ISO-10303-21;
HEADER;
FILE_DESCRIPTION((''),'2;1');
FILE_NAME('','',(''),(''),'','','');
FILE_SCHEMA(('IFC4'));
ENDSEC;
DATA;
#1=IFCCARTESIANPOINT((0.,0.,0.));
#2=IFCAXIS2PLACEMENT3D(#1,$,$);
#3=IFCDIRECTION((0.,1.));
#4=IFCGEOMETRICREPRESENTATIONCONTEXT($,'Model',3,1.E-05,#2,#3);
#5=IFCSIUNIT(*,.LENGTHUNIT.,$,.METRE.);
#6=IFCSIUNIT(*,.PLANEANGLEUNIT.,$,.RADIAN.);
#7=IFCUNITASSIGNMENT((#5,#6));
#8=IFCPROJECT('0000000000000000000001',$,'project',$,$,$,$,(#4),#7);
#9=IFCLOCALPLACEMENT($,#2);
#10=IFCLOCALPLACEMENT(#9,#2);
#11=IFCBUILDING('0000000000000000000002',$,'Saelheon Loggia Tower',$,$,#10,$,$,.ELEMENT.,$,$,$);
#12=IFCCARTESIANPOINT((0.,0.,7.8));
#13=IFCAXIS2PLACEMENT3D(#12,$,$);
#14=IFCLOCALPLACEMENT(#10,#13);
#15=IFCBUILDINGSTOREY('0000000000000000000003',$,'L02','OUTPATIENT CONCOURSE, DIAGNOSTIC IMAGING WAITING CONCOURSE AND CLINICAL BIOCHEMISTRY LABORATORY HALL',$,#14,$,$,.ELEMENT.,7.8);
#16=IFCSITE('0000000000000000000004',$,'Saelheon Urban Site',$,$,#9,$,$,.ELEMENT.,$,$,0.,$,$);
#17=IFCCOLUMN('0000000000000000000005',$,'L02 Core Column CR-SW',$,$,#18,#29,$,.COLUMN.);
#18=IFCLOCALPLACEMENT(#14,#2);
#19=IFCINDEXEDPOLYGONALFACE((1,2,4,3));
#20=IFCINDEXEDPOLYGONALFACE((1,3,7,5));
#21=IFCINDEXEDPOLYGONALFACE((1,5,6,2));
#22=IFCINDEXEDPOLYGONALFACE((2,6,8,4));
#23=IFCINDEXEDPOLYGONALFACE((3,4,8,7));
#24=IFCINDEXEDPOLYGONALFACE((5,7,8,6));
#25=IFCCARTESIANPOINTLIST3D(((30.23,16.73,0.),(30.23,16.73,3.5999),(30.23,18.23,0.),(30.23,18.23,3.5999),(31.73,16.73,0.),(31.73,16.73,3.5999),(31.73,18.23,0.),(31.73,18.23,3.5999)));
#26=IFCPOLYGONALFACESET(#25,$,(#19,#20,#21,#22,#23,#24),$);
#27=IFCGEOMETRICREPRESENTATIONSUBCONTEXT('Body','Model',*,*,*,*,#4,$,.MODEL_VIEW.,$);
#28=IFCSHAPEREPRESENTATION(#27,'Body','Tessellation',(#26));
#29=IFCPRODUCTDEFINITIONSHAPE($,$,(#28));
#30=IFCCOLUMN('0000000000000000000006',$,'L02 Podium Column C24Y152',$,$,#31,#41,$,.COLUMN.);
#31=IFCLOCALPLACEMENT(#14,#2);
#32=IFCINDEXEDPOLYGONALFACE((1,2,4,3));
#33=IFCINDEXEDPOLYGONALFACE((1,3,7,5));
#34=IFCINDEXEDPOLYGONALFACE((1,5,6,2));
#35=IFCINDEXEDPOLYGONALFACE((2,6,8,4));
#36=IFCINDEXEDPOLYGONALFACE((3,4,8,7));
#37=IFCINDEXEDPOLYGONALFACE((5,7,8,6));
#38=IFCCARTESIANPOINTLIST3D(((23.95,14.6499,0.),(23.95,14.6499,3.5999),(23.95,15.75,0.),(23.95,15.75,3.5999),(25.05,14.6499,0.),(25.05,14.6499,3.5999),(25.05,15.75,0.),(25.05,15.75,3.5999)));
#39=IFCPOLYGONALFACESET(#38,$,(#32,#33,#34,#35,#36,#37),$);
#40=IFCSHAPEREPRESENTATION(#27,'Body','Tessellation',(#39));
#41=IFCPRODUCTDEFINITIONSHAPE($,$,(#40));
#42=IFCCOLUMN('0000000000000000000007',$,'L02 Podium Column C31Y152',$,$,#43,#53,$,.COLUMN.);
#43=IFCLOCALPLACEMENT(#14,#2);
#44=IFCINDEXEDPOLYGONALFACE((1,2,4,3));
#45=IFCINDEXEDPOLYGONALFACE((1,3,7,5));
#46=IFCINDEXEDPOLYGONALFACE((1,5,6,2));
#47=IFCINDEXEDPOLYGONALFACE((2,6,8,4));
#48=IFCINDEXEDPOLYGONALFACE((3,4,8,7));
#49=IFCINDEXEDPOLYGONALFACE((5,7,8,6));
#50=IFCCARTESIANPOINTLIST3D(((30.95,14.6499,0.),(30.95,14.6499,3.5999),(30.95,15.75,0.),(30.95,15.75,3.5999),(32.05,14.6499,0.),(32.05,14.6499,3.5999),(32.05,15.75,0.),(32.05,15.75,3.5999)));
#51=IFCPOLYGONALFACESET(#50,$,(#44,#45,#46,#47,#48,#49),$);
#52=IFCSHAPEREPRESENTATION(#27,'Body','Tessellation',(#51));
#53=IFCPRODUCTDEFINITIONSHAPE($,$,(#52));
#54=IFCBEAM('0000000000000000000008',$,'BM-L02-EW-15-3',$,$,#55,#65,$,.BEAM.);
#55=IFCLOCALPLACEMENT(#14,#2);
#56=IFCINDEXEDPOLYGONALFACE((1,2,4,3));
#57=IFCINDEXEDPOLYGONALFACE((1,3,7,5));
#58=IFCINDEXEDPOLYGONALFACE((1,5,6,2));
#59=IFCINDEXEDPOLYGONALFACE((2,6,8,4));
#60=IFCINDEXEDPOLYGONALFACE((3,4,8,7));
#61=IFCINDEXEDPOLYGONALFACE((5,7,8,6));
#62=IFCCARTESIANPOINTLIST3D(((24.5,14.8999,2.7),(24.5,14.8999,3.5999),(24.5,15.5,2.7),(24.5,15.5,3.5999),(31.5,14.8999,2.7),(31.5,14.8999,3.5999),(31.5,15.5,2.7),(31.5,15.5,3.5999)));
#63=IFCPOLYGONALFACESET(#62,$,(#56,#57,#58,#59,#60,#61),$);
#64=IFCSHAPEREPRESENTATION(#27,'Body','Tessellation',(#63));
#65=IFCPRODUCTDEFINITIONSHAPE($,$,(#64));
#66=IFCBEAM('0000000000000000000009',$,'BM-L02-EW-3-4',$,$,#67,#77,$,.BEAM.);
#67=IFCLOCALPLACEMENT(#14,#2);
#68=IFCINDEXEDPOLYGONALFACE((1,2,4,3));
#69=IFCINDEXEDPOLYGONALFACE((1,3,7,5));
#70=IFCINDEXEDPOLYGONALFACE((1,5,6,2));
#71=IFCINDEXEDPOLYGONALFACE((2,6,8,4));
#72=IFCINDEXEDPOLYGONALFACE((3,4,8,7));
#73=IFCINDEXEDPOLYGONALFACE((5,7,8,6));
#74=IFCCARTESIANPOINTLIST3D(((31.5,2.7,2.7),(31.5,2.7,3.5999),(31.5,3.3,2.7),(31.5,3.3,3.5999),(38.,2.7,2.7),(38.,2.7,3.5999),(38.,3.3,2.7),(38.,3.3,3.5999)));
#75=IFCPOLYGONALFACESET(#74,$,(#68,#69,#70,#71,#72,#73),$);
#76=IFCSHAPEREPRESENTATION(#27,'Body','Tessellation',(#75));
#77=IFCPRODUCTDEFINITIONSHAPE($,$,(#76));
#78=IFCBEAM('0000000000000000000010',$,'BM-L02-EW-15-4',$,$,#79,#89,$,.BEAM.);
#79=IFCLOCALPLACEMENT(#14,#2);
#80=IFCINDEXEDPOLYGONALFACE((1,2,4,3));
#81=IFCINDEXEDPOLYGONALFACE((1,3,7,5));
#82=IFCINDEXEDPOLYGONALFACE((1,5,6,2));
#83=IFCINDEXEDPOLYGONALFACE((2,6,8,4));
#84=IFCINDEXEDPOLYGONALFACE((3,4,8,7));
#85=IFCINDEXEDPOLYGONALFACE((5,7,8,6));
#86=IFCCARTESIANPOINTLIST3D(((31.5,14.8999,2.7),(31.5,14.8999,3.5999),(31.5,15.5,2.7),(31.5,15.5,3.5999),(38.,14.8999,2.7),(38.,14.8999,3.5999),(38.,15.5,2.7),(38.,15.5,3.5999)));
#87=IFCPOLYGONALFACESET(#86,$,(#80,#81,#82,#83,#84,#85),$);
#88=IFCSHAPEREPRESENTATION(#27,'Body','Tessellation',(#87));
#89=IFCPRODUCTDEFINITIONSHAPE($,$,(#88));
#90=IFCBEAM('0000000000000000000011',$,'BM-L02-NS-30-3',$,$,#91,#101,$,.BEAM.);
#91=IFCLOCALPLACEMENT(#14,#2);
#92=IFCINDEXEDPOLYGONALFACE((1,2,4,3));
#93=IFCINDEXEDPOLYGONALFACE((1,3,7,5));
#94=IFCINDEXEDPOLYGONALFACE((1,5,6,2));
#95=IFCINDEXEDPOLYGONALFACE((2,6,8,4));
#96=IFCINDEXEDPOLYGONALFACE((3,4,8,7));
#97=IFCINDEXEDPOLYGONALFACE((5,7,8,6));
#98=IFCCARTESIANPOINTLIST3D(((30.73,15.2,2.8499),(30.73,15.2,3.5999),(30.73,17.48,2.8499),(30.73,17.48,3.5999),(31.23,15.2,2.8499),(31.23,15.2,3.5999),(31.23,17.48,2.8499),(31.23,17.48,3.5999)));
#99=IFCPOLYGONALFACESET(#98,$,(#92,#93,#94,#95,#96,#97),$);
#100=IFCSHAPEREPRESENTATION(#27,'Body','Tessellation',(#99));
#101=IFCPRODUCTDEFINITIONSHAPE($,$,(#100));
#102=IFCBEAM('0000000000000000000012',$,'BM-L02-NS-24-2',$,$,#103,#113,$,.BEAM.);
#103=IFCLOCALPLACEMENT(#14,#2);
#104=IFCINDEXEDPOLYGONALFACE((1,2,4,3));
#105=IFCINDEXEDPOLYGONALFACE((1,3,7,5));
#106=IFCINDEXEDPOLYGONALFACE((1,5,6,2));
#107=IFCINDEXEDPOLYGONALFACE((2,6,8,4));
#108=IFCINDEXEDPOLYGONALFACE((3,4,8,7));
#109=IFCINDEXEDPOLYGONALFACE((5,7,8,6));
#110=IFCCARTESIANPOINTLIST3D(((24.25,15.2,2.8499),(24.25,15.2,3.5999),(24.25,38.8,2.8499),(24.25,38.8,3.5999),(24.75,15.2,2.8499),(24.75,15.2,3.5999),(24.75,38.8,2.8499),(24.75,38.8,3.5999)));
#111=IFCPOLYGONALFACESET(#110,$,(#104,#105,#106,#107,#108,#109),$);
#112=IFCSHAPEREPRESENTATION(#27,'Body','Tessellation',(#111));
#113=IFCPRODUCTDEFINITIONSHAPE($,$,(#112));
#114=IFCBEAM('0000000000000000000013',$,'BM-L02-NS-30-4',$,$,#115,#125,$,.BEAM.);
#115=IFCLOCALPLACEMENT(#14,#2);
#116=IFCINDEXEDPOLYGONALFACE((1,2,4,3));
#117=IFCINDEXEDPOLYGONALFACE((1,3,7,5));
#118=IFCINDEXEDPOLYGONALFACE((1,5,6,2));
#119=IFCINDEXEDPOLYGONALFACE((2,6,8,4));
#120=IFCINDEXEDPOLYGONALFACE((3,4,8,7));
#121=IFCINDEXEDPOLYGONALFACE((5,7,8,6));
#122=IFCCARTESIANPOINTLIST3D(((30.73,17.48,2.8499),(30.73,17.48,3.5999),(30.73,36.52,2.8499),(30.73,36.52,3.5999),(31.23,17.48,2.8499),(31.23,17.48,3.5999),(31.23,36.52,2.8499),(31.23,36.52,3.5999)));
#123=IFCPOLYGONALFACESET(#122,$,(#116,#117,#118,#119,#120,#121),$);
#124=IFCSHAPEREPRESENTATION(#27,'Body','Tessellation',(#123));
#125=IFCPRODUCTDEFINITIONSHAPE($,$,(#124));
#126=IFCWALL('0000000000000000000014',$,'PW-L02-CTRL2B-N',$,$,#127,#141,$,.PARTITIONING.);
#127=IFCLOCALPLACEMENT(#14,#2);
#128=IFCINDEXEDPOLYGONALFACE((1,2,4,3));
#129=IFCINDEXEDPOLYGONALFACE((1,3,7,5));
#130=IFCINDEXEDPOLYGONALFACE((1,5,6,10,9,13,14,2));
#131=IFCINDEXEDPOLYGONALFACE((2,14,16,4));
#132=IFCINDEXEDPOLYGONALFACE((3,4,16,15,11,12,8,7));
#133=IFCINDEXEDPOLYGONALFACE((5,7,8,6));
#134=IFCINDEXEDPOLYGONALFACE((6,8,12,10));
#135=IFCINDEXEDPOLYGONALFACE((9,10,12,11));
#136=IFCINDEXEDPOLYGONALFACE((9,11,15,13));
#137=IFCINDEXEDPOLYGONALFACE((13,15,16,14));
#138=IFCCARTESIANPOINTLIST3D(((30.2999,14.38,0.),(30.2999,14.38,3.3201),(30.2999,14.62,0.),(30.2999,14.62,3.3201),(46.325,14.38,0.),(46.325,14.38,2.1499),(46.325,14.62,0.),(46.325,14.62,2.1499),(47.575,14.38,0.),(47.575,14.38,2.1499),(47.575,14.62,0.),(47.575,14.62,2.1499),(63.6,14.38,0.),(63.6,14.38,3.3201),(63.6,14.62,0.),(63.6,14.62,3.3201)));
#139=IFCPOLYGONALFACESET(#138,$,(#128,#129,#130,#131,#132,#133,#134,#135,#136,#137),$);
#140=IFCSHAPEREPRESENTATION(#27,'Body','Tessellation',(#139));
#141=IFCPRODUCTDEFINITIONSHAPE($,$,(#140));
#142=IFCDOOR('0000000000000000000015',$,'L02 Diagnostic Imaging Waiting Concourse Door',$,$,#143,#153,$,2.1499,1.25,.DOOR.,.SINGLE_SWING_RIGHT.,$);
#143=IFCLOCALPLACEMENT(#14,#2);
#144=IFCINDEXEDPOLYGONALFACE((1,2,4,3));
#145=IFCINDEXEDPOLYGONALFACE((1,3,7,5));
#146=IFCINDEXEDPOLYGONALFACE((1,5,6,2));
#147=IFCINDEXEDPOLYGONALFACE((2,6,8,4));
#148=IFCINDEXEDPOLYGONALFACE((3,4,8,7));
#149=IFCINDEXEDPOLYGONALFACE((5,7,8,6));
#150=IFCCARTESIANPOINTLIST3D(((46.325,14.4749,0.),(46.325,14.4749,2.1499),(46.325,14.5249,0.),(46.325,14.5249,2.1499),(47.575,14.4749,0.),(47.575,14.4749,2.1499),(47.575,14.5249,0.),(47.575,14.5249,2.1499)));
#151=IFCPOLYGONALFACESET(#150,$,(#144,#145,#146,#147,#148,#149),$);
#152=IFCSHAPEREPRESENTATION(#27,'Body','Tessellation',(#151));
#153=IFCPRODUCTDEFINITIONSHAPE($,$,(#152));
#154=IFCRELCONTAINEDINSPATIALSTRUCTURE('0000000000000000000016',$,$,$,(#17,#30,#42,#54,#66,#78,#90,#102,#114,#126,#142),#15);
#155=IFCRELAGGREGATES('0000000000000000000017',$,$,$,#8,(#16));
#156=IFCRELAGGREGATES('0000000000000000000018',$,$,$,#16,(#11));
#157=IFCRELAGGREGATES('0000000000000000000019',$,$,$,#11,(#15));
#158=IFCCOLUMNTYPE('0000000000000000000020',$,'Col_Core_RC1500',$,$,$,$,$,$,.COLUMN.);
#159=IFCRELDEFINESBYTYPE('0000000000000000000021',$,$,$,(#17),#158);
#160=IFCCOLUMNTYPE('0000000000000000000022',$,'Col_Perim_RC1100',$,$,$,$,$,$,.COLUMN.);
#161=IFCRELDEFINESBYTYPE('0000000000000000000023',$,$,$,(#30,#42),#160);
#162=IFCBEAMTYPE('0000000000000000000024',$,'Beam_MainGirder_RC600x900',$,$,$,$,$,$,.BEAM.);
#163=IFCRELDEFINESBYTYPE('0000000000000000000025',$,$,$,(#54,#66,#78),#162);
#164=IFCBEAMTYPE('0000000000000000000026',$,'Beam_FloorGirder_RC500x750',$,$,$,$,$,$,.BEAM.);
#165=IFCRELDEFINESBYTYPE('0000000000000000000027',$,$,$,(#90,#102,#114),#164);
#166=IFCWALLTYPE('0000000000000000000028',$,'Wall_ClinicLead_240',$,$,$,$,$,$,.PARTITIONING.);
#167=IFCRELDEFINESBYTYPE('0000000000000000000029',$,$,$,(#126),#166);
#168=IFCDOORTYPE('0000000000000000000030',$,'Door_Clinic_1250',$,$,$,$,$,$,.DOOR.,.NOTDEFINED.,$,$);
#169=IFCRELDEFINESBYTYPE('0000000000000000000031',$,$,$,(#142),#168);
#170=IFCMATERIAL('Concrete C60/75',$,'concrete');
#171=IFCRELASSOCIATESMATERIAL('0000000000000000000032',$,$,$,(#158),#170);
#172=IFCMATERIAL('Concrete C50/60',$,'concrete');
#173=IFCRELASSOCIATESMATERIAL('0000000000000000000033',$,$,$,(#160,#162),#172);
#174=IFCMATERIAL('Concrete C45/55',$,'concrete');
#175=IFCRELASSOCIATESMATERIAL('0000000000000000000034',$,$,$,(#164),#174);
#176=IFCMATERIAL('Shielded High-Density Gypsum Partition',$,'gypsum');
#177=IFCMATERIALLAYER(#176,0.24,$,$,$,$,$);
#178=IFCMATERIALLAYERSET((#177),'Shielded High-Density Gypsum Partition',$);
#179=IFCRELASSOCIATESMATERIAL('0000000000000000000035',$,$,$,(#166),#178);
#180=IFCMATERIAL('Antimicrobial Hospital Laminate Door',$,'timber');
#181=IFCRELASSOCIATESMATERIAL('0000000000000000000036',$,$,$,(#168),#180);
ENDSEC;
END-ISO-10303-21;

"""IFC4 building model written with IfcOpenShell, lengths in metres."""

from ifc_helpers import new_model, si_unit, direction, frame, frame_2d, origin, origin_2d, place, context, subcontext, project, spatial, rectangle, extrude, source, transform, mapped, material, layer, layer_set, material_profile, profile_set, type_object, element, fill, save


model = new_model("IFC4")

# Units and contexts
model_context = context("Model", 3, precision=1e-05, world=origin(), true_north=direction((0.0, 1.0)))
body_context = subcontext(model_context, "Body", "Model", "MODEL_VIEW")
ifc_project = project(units=[si_unit("LENGTHUNIT", "METRE"), si_unit("PLANEANGLEUNIT", "RADIAN")], contexts=[model_context])

# Site, building, storey
site_placement = place(None, origin())
site = spatial("IfcSite", under=ifc_project, at=site_placement, Name="Saelheon Urban Site", CompositionType="ELEMENT", RefElevation=0.0)
building_placement = place(site_placement, origin())
building = spatial("IfcBuilding", under=site, at=building_placement, Name="Saelheon Loggia Tower", CompositionType="ELEMENT")
storey_placement = place(building_placement, frame((0.0, 0.0, 7.8)))
storey = spatial("IfcBuildingStorey", under=building, at=storey_placement, Name="L02", Description="OUTPATIENT CONCOURSE, DIAGNOSTIC IMAGING WAITING CONCOURSE AND CLINICAL BIOCHEMISTRY LABORATORY HALL", CompositionType="ELEMENT", Elevation=7.8)

# Columns
ifc_material_1 = material(Name="Concrete C60/75", Category="concrete")
ifc_material_profile_1 = material_profile(ifc_material_1, rectangle(XDim=1.5, YDim=1.5, at=origin_2d()), Name="RC-1500x1500")
ifc_profile_set_1 = profile_set([ifc_material_profile_1], Name="Concrete C60/75")
column_type_1 = type_object("IfcColumnType", Name="Col_Core_RC1500", PredefinedType="COLUMN", material=ifc_profile_set_1)
shared_shape_1 = source(origin(), body_context, "Body", "SweptSolid", [
    extrude(rectangle(XDim=1.5, YDim=1.5, at=origin_2d()), origin(), (0.0, 0.0, 1.0), 3.5999),
])
column_placement = place(storey_placement, frame((30.98, 17.48, 0.0), z_axis=(0.0, 0.0, 1.0), x_axis=(1.0, 0.0, 0.0)))
element("IfcColumn", 1, at=column_placement, inside=storey, type_object=column_type_1, Name="L02 Core Column CR-SW", PredefinedType="COLUMN", context=body_context, shape_type="MappedRepresentation", body=[
    mapped(shared_shape_1, transform((0.0, 0.0, 0.0), scale=1.0)),
])
ifc_material_2 = material(Name="Concrete C50/60", Category="concrete")
ifc_material_profile_2 = material_profile(ifc_material_2, rectangle(XDim=1.1001, YDim=1.1001, at=origin_2d()), Name="RC-1100x1100")
ifc_profile_set_2 = profile_set([ifc_material_profile_2], Name="Concrete C50/60")
column_type_2 = type_object("IfcColumnType", Name="Col_Perim_RC1100", PredefinedType="COLUMN", material=ifc_profile_set_2)
shared_shape_2 = source(origin(), body_context, "Body", "SweptSolid", [
    extrude(rectangle(XDim=1.1001, YDim=1.1001, at=origin_2d()), origin(), (0.0, 0.0, 1.0), 3.5999),
])
for number, where, z_axis, x_axis, name in (
    (2, (24.5, 15.2, 0.0), (0.0, 0.0, 1.0), (1.0, 0.0, 0.0), "L02 Podium Column C24Y152"),
    (3, (31.5, 15.2, 0.0), (0.0, 0.0, 1.0), (1.0, 0.0, 0.0), "L02 Podium Column C31Y152"),
):
    element("IfcColumn", number, at=place(storey_placement, frame(where, z_axis=z_axis, x_axis=x_axis)), inside=storey, type_object=column_type_2, Name=name, PredefinedType="COLUMN", context=body_context, shape_type="MappedRepresentation", body=[
        mapped(shared_shape_2, transform((0.0, 0.0, 0.0), scale=1.0)),
    ])

# Beams
ifc_material_profile_3 = material_profile(ifc_material_2, rectangle(XDim=0.6001, YDim=0.8999, at=origin_2d()), Name="RC-600x900")
ifc_profile_set_3 = profile_set([ifc_material_profile_3], Name="Concrete C50/60")
beam_type_1 = type_object("IfcBeamType", Name="Beam_MainGirder_RC600x900", PredefinedType="BEAM", material=ifc_profile_set_3)
shared_shape_3 = source(origin(), body_context, "Body", "SweptSolid", [
    extrude(rectangle(XDim=0.6001, YDim=0.8999, at=origin_2d()), origin(), (0.0, 0.0, 1.0), 7.0),
])
beam_1_placement = place(storey_placement, frame((24.5, 15.2, 3.1499), z_axis=(1.0, 0.0, 0.0), x_axis=(0.0, 1.0, 0.0)))
element("IfcBeam", 4, at=beam_1_placement, inside=storey, type_object=beam_type_1, Name="BM-L02-EW-15-3", PredefinedType="BEAM", context=body_context, shape_type="MappedRepresentation", body=[
    mapped(shared_shape_3, transform((0.0, 0.0, 0.0), scale=1.0)),
])
shared_shape_4 = source(origin(), body_context, "Body", "SweptSolid", [
    extrude(rectangle(XDim=0.6001, YDim=0.8999, at=origin_2d()), origin(), (0.0, 0.0, 1.0), 6.5),
])
for number, where, z_axis, x_axis, name in (
    (5, (31.5, 3.0, 3.1499), (1.0, 0.0, 0.0), (0.0, 1.0, 0.0), "BM-L02-EW-3-4"),
    (6, (31.5, 15.2, 3.1499), (1.0, 0.0, 0.0), (0.0, 1.0, 0.0), "BM-L02-EW-15-4"),
):
    element("IfcBeam", number, at=place(storey_placement, frame(where, z_axis=z_axis, x_axis=x_axis)), inside=storey, type_object=beam_type_1, Name=name, PredefinedType="BEAM", context=body_context, shape_type="MappedRepresentation", body=[
        mapped(shared_shape_4, transform((0.0, 0.0, 0.0), scale=1.0)),
    ])
ifc_material_3 = material(Name="Concrete C45/55", Category="concrete")
ifc_material_profile_4 = material_profile(ifc_material_3, rectangle(XDim=0.5, YDim=0.75, at=origin_2d()), Name="RC-500x750")
ifc_profile_set_4 = profile_set([ifc_material_profile_4], Name="Concrete C45/55")
beam_type_2 = type_object("IfcBeamType", Name="Beam_FloorGirder_RC500x750", PredefinedType="BEAM", material=ifc_profile_set_4)
shared_shape_5 = source(origin(), body_context, "Body", "SweptSolid", [
    extrude(rectangle(XDim=0.5, YDim=0.75, at=origin_2d()), origin(), (0.0, 0.0, 1.0), 2.28),
])
beam_2_placement = place(storey_placement, frame((30.98, 15.2, 3.2249), z_axis=(0.0, 1.0, 0.0), x_axis=(-1.0, 0.0, 0.0)))
element("IfcBeam", 7, at=beam_2_placement, inside=storey, type_object=beam_type_2, Name="BM-L02-NS-30-3", PredefinedType="BEAM", context=body_context, shape_type="MappedRepresentation", body=[
    mapped(shared_shape_5, transform((0.0, 0.0, 0.0), scale=1.0)),
])
shared_shape_6 = source(origin(), body_context, "Body", "SweptSolid", [
    extrude(rectangle(XDim=0.5, YDim=0.75, at=origin_2d()), origin(), (0.0, 0.0, 1.0), 23.6001),
])
beam_3_placement = place(storey_placement, frame((24.5, 15.2, 3.2249), z_axis=(0.0, 1.0, 0.0), x_axis=(-1.0, 0.0, 0.0)))
element("IfcBeam", 8, at=beam_3_placement, inside=storey, type_object=beam_type_2, Name="BM-L02-NS-24-2", PredefinedType="BEAM", context=body_context, shape_type="MappedRepresentation", body=[
    mapped(shared_shape_6, transform((0.0, 0.0, 0.0), scale=1.0)),
])
shared_shape_7 = source(origin(), body_context, "Body", "SweptSolid", [
    extrude(rectangle(XDim=0.5, YDim=0.75, at=origin_2d()), origin(), (0.0, 0.0, 1.0), 19.04),
])
beam_4_placement = place(storey_placement, frame((30.98, 17.48, 3.2249), z_axis=(0.0, 1.0, 0.0), x_axis=(-1.0, 0.0, 0.0)))
element("IfcBeam", 9, at=beam_4_placement, inside=storey, type_object=beam_type_2, Name="BM-L02-NS-30-4", PredefinedType="BEAM", context=body_context, shape_type="MappedRepresentation", body=[
    mapped(shared_shape_7, transform((0.0, 0.0, 0.0), scale=1.0)),
])

# Wall, opening, door
ifc_material_4 = material(Name="Shielded High-Density Gypsum Partition", Category="gypsum")
ifc_layer_1 = layer(ifc_material_4, 0.24)
ifc_layer_set_1 = layer_set([ifc_layer_1], Name="Shielded High-Density Gypsum Partition")
wall_type_1 = type_object("IfcWallType", Name="Wall_ClinicLead_240", PredefinedType="PARTITIONING", material=ifc_layer_set_1)
wall_1_placement = place(storey_placement, frame((30.3, 14.5, 0.0), z_axis=(0.0, 0.0, 1.0), x_axis=(1.0, 0.0, 0.0)))
wall_1 = element("IfcWall", 10, at=wall_1_placement, inside=storey, type_object=wall_type_1, Name="PW-L02-CTRL2B-N", PredefinedType="PARTITIONING", context=body_context, shape_type="SweptSolid", body=[
    extrude(rectangle(XDim=33.3, YDim=0.24, at=frame_2d((16.6499, 0.0))), origin(), (0.0, 0.0, 1.0), 3.3201),
])
opening_1_placement = place(wall_1_placement, frame((16.0249, 0.0, 0.0)))
opening_1 = element("IfcOpeningElement", 11, at=opening_1_placement, cuts=wall_1, PredefinedType="OPENING", context=body_context, shape_type="SweptSolid", body=[
    extrude(rectangle(XDim=1.25, YDim=2.1499, at=frame_2d((0.625, 1.075))), frame((0.0, 0.1321, 0.0), z_axis=(0.0, -1.0, 0.0), x_axis=(1.0, 0.0, 0.0)), (0.0, 0.0, 1.0), 0.2639),
])
ifc_material_5 = material(Name="Antimicrobial Hospital Laminate Door", Category="timber")
door_type_1 = type_object("IfcDoorType", Name="Door_Clinic_1250", OperationType="NOTDEFINED", PredefinedType="DOOR", material=ifc_material_5)
shared_shape_8 = source(origin(), body_context, "Body", "SweptSolid", [
    extrude(rectangle(XDim=1.25, YDim=2.1499, at=frame_2d((0.625, 1.075))), frame((0.0, 0.0249, 0.0), z_axis=(0.0, -1.0, 0.0), x_axis=(1.0, 0.0, 0.0)), (0.0, 0.0, 1.0), 0.05),
])
door_1_placement = place(opening_1_placement, origin())
door_1 = element("IfcDoor", 12, at=door_1_placement, inside=storey, type_object=door_type_1, Name="L02 Diagnostic Imaging Waiting Concourse Door", OperationType="SINGLE_SWING_RIGHT", OverallHeight=2.1499, OverallWidth=1.25, PredefinedType="DOOR", context=body_context, shape_type="MappedRepresentation", body=[
    mapped(shared_shape_8, transform((0.0, 0.0, 0.0), scale=1.0)),
])
fill(opening_1, door_1)

save(model, "model.ifc")
